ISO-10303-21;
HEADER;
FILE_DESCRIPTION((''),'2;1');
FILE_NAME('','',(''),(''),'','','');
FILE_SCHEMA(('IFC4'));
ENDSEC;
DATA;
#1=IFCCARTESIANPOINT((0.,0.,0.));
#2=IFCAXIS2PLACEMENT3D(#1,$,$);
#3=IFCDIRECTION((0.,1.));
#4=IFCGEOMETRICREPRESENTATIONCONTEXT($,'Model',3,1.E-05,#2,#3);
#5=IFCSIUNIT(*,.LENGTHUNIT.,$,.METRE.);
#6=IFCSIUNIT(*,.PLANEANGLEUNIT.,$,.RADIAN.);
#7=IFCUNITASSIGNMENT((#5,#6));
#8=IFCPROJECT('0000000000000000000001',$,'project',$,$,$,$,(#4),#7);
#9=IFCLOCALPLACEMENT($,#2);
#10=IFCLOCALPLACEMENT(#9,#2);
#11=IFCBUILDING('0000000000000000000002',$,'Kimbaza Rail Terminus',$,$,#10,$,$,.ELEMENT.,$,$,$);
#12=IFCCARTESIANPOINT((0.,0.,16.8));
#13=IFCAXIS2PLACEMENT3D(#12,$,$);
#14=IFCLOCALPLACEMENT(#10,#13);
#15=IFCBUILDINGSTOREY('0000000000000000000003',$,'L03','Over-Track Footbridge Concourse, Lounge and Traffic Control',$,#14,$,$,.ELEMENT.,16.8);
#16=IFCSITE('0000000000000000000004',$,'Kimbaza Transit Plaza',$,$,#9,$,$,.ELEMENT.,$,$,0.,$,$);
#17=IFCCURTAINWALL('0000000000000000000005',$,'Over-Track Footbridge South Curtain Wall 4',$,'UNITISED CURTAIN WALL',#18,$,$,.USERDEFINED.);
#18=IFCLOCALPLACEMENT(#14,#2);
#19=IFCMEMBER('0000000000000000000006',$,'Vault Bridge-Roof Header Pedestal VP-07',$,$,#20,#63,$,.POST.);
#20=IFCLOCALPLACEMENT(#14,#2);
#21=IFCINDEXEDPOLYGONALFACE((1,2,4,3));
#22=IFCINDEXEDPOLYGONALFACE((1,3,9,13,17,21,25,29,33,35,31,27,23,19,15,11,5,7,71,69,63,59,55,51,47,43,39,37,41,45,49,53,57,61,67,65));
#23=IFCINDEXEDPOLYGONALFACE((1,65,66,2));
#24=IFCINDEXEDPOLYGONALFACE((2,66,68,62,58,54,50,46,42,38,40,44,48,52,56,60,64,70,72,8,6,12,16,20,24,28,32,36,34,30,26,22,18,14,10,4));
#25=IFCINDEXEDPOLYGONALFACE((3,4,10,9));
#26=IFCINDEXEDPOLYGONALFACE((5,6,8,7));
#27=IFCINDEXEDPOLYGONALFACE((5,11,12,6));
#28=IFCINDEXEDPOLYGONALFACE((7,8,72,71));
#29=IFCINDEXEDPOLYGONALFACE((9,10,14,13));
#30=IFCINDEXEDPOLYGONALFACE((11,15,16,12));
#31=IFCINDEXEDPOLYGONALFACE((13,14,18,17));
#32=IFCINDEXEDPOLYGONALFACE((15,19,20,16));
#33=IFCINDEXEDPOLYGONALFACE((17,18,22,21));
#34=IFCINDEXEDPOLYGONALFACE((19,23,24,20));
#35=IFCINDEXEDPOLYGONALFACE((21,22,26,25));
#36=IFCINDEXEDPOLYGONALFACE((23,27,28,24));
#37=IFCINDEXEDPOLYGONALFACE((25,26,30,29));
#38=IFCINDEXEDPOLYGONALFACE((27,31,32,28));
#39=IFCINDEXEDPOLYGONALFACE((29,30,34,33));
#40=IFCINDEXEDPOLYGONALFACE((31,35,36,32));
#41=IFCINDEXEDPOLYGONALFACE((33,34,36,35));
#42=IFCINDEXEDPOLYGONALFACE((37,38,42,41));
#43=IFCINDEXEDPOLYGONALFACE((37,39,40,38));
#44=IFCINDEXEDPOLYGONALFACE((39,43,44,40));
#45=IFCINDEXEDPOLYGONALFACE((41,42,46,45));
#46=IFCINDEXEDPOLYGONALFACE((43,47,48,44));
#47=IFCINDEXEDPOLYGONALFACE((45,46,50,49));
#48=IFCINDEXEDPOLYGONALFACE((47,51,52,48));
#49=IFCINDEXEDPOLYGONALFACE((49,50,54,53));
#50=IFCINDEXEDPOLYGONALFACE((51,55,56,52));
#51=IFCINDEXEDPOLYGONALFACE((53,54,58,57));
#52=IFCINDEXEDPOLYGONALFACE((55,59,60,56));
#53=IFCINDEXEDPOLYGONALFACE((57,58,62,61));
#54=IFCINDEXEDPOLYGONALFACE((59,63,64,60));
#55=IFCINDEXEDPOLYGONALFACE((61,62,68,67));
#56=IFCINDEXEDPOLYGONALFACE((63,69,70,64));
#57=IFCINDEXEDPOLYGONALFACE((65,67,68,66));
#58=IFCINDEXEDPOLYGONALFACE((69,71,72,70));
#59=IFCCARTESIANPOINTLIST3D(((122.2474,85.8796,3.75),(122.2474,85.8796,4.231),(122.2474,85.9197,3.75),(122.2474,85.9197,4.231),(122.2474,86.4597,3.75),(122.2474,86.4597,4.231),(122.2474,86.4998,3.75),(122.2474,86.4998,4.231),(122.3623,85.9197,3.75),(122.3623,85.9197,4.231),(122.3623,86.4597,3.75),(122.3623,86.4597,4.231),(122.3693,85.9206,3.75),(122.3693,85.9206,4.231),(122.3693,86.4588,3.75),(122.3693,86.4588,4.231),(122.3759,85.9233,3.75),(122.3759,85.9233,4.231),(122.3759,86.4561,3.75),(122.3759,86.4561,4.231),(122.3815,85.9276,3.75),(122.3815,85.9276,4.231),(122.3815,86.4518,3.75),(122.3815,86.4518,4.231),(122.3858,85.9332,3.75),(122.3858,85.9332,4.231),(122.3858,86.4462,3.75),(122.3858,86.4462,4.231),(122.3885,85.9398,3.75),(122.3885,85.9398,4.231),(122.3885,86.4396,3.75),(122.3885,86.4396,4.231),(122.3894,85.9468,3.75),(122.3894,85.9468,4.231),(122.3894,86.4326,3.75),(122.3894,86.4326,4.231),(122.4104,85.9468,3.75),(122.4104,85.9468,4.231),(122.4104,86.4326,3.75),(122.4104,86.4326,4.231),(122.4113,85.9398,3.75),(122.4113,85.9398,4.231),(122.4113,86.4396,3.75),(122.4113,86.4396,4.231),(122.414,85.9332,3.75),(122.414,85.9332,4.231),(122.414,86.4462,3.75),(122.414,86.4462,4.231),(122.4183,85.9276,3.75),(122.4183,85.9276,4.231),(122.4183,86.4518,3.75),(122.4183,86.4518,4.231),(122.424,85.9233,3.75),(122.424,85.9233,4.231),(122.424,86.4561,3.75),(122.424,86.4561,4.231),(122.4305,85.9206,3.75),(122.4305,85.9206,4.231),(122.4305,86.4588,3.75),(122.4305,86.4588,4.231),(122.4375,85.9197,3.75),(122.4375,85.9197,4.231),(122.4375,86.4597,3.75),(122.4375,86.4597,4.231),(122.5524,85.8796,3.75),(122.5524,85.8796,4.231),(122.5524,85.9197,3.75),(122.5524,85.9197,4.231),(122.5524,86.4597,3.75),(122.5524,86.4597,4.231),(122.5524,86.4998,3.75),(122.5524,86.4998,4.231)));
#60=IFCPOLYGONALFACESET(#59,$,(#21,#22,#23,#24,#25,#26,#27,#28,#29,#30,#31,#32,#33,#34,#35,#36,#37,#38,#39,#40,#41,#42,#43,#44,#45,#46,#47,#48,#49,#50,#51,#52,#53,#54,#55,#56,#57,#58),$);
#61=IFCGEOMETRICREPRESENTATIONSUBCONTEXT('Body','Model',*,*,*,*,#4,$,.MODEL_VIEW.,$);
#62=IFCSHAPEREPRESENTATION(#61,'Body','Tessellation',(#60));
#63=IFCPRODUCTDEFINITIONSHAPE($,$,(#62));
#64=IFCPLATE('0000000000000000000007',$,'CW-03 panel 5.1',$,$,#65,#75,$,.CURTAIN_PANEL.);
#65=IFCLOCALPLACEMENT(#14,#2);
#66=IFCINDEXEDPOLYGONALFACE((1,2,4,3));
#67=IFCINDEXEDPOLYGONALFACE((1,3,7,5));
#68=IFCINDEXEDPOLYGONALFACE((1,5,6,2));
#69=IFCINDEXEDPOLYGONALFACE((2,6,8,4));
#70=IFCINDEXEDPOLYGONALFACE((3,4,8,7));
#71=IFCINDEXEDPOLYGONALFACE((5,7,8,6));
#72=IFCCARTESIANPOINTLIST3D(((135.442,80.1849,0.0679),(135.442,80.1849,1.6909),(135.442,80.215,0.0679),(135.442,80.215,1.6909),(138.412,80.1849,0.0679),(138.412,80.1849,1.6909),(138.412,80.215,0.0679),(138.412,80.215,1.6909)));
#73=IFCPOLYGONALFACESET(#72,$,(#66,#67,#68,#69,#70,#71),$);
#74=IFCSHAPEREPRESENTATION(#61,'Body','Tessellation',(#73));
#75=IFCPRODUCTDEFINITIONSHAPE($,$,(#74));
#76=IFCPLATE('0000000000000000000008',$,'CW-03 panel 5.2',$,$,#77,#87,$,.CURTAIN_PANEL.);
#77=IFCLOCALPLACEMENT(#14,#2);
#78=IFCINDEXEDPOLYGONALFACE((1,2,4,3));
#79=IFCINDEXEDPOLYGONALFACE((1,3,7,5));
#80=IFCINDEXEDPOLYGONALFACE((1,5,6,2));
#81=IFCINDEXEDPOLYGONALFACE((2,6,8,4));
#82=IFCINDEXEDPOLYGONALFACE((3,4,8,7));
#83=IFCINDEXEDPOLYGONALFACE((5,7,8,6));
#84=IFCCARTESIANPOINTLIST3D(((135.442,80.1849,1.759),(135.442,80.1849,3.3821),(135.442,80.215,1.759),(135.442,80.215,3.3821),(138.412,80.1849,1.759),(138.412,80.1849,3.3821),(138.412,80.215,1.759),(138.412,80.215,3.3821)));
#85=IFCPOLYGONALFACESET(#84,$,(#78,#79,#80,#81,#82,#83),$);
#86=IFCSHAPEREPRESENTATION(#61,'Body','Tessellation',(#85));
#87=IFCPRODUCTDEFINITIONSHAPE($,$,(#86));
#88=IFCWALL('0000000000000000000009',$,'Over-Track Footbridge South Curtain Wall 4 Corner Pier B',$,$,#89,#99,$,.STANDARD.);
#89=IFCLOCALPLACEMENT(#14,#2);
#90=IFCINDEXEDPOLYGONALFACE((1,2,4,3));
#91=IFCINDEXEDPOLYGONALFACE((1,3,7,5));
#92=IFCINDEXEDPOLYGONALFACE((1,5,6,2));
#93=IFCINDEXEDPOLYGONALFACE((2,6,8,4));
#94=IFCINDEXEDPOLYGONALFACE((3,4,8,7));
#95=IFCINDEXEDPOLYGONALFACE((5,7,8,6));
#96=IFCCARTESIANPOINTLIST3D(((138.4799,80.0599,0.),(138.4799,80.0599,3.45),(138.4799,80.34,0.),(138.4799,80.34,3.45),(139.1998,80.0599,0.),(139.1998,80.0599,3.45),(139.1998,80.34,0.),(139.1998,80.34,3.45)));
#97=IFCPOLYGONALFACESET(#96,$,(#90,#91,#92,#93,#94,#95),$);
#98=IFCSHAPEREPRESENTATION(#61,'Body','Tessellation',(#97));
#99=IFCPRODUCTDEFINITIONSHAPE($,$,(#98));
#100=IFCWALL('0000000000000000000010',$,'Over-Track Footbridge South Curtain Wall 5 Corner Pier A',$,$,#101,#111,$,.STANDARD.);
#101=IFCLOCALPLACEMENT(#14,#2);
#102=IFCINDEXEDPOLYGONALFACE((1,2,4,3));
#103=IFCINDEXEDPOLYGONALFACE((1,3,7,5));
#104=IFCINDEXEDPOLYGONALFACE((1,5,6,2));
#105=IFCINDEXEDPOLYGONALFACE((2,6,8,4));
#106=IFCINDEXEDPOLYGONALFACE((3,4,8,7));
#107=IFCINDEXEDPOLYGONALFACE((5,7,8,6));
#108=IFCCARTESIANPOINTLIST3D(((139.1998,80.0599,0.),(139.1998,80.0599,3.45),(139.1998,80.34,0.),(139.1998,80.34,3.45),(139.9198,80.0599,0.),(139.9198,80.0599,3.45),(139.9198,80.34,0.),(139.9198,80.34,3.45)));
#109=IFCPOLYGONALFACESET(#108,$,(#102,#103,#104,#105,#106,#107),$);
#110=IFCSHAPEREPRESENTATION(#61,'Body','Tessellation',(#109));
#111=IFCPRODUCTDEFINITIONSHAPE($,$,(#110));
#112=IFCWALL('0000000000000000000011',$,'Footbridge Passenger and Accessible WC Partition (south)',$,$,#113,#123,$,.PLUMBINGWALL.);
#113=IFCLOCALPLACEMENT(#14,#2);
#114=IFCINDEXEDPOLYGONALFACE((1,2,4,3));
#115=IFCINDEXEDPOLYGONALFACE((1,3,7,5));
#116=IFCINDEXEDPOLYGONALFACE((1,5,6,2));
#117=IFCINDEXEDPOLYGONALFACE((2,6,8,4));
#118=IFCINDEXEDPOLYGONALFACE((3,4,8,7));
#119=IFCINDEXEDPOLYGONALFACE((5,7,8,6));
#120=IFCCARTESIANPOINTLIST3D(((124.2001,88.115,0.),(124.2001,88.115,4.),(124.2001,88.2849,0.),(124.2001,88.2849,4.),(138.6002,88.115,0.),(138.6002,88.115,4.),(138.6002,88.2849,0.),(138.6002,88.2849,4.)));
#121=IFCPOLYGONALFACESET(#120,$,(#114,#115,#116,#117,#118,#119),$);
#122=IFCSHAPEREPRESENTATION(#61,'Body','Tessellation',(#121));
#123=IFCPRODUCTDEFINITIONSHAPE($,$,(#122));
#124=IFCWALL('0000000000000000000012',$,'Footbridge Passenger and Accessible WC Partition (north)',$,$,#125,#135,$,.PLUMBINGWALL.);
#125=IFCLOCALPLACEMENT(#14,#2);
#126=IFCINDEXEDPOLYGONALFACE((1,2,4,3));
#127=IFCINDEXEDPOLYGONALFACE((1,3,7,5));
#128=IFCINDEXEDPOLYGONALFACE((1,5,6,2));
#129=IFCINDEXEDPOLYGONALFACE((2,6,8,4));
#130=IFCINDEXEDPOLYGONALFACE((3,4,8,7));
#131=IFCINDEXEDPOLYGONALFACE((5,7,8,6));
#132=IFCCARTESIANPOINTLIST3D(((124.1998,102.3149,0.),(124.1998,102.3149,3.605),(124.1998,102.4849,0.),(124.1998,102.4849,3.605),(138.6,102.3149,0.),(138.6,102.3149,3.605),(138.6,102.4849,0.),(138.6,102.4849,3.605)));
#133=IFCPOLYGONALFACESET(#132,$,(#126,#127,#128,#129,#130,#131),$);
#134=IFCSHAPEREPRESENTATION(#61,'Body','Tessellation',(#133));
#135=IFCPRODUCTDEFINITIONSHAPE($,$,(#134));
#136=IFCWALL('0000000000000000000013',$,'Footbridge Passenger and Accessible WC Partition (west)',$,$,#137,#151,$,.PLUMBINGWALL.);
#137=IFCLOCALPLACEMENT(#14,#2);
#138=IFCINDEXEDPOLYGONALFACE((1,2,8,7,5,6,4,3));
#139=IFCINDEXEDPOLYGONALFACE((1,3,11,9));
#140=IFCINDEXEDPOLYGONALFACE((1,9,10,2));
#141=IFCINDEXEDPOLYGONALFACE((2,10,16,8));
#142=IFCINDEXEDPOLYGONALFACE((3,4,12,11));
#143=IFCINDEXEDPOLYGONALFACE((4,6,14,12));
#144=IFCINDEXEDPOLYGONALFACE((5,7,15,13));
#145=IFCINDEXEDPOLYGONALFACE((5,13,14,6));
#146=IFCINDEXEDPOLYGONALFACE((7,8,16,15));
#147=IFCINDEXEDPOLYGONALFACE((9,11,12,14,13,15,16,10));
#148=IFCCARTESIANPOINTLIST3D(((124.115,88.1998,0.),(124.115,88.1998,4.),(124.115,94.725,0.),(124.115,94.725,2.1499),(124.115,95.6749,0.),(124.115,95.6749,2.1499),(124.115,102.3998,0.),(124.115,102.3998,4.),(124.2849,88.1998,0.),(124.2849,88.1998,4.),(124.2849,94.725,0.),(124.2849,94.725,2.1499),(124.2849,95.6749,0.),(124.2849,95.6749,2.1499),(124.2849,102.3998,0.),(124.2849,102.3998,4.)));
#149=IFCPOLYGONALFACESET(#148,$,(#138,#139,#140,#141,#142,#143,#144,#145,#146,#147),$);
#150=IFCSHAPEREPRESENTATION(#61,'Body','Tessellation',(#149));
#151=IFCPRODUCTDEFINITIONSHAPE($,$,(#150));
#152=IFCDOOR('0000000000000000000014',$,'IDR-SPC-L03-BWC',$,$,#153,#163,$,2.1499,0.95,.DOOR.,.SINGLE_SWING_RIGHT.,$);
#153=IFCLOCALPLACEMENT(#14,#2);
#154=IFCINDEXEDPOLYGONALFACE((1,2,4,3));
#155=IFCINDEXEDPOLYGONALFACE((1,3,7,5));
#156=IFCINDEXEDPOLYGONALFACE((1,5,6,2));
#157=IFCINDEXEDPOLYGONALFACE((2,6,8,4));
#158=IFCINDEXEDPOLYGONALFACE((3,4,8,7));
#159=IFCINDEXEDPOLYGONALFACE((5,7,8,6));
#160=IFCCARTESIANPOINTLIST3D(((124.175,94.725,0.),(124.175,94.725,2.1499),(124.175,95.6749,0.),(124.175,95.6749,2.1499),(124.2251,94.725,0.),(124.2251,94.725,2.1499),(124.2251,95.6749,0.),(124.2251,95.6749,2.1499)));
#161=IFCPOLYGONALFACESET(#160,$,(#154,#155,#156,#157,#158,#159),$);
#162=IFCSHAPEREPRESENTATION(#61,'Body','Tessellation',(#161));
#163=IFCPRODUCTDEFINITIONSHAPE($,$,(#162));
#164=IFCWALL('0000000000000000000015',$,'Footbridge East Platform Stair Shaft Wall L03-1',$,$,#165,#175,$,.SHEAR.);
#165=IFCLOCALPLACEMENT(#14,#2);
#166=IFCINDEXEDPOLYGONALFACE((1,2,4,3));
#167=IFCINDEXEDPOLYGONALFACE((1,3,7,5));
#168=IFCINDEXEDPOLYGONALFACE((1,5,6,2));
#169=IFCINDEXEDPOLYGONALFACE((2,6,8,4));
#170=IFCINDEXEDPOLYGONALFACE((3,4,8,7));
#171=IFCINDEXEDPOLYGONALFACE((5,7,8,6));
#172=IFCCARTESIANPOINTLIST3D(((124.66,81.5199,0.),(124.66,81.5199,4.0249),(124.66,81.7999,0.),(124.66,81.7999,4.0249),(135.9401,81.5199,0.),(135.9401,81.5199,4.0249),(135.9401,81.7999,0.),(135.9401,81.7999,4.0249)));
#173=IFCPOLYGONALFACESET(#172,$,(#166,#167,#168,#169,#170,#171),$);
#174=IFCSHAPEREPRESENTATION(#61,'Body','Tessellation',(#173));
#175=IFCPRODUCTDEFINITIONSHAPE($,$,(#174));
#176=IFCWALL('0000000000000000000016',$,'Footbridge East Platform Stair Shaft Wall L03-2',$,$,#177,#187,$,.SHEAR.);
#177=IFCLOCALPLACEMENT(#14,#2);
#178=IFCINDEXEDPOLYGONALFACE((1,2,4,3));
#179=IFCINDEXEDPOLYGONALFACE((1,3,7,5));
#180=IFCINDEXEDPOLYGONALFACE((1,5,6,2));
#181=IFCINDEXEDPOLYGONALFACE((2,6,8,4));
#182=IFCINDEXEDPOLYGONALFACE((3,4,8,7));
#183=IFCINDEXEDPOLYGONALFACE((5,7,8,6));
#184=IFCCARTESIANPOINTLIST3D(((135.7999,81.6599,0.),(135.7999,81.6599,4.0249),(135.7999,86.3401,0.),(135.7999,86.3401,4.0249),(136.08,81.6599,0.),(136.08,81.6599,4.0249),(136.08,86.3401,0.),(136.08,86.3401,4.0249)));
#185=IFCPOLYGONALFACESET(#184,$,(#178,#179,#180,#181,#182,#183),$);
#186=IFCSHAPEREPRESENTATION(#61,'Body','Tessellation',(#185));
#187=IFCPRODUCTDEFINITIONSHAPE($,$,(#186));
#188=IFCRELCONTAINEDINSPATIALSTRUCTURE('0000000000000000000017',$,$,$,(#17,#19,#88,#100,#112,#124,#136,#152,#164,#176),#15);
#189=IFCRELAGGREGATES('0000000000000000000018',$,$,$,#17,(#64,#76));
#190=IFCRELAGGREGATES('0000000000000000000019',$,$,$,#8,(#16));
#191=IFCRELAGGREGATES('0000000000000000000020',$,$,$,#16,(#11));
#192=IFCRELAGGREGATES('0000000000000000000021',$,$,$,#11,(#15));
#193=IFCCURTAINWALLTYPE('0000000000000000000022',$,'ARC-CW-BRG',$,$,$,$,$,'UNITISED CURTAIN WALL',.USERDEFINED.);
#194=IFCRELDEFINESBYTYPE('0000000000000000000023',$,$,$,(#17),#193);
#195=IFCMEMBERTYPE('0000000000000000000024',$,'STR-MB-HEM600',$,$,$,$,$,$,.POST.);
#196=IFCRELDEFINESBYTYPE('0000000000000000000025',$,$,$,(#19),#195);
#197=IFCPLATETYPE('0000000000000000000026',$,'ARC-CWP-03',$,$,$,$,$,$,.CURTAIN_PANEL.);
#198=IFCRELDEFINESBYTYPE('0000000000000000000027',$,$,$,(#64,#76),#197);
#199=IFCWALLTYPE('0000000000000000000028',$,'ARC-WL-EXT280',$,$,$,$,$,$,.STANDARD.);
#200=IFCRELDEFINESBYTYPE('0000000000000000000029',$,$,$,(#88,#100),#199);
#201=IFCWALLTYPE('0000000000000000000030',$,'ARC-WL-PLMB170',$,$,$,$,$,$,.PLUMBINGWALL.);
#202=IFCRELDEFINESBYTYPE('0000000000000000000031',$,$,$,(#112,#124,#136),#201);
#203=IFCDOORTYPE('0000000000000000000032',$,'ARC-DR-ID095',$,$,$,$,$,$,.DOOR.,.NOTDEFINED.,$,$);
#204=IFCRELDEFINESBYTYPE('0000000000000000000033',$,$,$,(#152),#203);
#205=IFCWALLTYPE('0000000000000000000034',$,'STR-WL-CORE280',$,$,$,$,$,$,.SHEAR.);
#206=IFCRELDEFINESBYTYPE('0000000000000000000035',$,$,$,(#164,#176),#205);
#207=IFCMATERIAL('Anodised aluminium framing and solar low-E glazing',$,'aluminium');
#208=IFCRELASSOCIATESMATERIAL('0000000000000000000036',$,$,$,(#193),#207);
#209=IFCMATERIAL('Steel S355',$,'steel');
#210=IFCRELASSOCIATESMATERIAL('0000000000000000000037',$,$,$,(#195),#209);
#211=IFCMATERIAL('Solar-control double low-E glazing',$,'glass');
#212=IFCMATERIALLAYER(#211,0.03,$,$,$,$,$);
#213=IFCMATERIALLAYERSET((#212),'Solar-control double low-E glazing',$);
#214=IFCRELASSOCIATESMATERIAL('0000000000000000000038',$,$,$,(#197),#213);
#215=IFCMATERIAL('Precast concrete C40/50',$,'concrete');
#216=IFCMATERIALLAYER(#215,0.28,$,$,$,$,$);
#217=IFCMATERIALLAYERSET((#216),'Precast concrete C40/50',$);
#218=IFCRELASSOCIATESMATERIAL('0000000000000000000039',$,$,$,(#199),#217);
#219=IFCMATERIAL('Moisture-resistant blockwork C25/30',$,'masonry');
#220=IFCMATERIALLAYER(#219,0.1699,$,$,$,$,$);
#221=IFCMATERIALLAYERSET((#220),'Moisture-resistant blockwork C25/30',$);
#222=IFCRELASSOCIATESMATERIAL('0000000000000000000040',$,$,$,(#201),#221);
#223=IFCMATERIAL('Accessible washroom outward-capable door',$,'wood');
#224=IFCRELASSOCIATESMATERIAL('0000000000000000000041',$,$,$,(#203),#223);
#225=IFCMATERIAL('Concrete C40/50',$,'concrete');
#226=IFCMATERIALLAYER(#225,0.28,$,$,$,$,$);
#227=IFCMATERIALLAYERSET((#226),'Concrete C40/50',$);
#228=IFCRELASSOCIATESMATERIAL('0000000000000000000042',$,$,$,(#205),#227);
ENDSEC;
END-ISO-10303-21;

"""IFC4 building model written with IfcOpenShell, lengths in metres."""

from ifc_helpers import new_model, si_unit, direction, frame, frame_2d, origin, origin_2d, place, context, subcontext, project, spatial, rectangle, i_section, extrude, material, layer, layer_set, material_profile, profile_set, type_object, element, fill, aggregate, save


model = new_model("IFC4")

# Units and contexts
model_context = context("Model", 3, precision=1e-05, world=origin(), true_north=direction((0.0, 1.0)))
body_context = subcontext(model_context, "Body", "Model", "MODEL_VIEW")
ifc_project = project(units=[si_unit("LENGTHUNIT", "METRE"), si_unit("PLANEANGLEUNIT", "RADIAN")], contexts=[model_context])

# Site, building, storey
site_placement = place(None, origin())
site = spatial("IfcSite", under=ifc_project, at=site_placement, Name="Kimbaza Transit Plaza", CompositionType="ELEMENT", RefElevation=0.0)
building_placement = place(site_placement, origin())
building = spatial("IfcBuilding", under=site, at=building_placement, Name="Kimbaza Rail Terminus", CompositionType="ELEMENT")
storey_placement = place(building_placement, frame((0.0, 0.0, 16.8)))
storey = spatial("IfcBuildingStorey", under=building, at=storey_placement, Name="L03", Description="Over-Track Footbridge Concourse, Lounge and Traffic Control", CompositionType="ELEMENT", Elevation=16.8)

# Curtain wall
ifc_material_1 = material(Name="Anodised aluminium framing and solar low-E glazing", Category="aluminium")
curtain_wall_type = type_object("IfcCurtainWallType", Name="ARC-CW-BRG", ElementType="UNITISED CURTAIN WALL", PredefinedType="USERDEFINED", material=ifc_material_1)
curtain_wall_placement = place(storey_placement, origin())
curtain_wall = element("IfcCurtainWall", 1, at=curtain_wall_placement, inside=storey, type_object=curtain_wall_type, Name="Over-Track Footbridge South Curtain Wall 4", ObjectType="UNITISED CURTAIN WALL", PredefinedType="USERDEFINED")

# Member
ifc_material_2 = material(Name="Steel S355", Category="steel")
ifc_material_profile_1 = material_profile(ifc_material_2, i_section(OverallWidth=0.3049, OverallDepth=0.6201, WebThickness=0.021, FlangeThickness=0.04, FilletRadius=0.0271, at=origin_2d()), Name="HEM 600")
ifc_profile_set_1 = profile_set([ifc_material_profile_1], Name="Steel S355")
member_type_1 = type_object("IfcMemberType", Name="STR-MB-HEM600", PredefinedType="POST", material=ifc_profile_set_1)
member_1_placement = place(storey_placement, frame((122.3999, 86.1897, 3.75), z_axis=(0.0, 0.0, 1.0), x_axis=(1.0, 0.0, 0.0)))
element("IfcMember", 2, at=member_1_placement, inside=storey, type_object=member_type_1, Name="Vault Bridge-Roof Header Pedestal VP-07", PredefinedType="POST", context=body_context, shape_type="SweptSolid", body=[
    extrude(i_section(OverallWidth=0.3049, OverallDepth=0.6201, WebThickness=0.021, FlangeThickness=0.04, FilletRadius=0.0271, at=origin_2d()), origin(), (0.0, 0.0, 1.0), 0.481),
])

# Plates
ifc_material_3 = material(Name="Solar-control double low-E glazing", Category="glass")
ifc_layer_1 = layer(ifc_material_3, 0.03)
ifc_layer_set_1 = layer_set([ifc_layer_1], Name="Solar-control double low-E glazing")
plate_type = type_object("IfcPlateType", Name="ARC-CWP-03", PredefinedType="CURTAIN_PANEL", material=ifc_layer_set_1)
plate_1_placement = place(storey_placement, frame((136.927, 80.2, 0.0679), z_axis=(0.0, 0.0, 1.0), x_axis=(1.0, 0.0, 0.0)))
plate_1 = element("IfcPlate", 3, at=plate_1_placement, type_object=plate_type, Name="CW-03 panel 5.1", PredefinedType="CURTAIN_PANEL", context=body_context, shape_type="SweptSolid", body=[
    extrude(rectangle(XDim=2.97, YDim=0.03, at=origin_2d()), origin(), (0.0, 0.0, 1.0), 1.623),
])
plate_2_placement = place(storey_placement, frame((136.927, 80.2, 1.759), z_axis=(0.0, 0.0, 1.0), x_axis=(1.0, 0.0, 0.0)))
plate_2 = element("IfcPlate", 4, at=plate_2_placement, type_object=plate_type, Name="CW-03 panel 5.2", PredefinedType="CURTAIN_PANEL", context=body_context, shape_type="SweptSolid", body=[
    extrude(rectangle(XDim=2.97, YDim=0.03, at=origin_2d()), origin(), (0.0, 0.0, 1.0), 1.623),
])
aggregate(curtain_wall, [plate_1, plate_2])

# Walls
ifc_material_4 = material(Name="Precast concrete C40/50", Category="concrete")
ifc_layer_2 = layer(ifc_material_4, 0.28)
ifc_layer_set_2 = layer_set([ifc_layer_2], Name="Precast concrete C40/50")
wall_type_1 = type_object("IfcWallType", Name="ARC-WL-EXT280", PredefinedType="STANDARD", material=ifc_layer_set_2)
for number, where, z_axis, x_axis, name in (
    (5, (138.48, 80.2, 0.0), (0.0, 0.0, 1.0), (1.0, 0.0, 0.0), "Over-Track Footbridge South Curtain Wall 4 Corner Pier B"),
    (6, (139.2, 80.2, 0.0), (0.0, 0.0, 1.0), (1.0, 0.0, 0.0), "Over-Track Footbridge South Curtain Wall 5 Corner Pier A"),
):
    element("IfcWall", number, at=place(storey_placement, frame(where, z_axis=z_axis, x_axis=x_axis)), inside=storey, type_object=wall_type_1, Name=name, PredefinedType="STANDARD", context=body_context, shape_type="SweptSolid", body=[
        extrude(rectangle(XDim=0.72, YDim=0.28, at=frame_2d((0.3599, 0.0))), origin(), (0.0, 0.0, 1.0), 3.45),
    ])
ifc_material_5 = material(Name="Moisture-resistant blockwork C25/30", Category="masonry")
ifc_layer_3 = layer(ifc_material_5, 0.1699)
ifc_layer_set_3 = layer_set([ifc_layer_3], Name="Moisture-resistant blockwork C25/30")
wall_type_2 = type_object("IfcWallType", Name="ARC-WL-PLMB170", PredefinedType="PLUMBINGWALL", material=ifc_layer_set_3)
wall_1_placement = place(storey_placement, frame((124.2, 88.2, 0.0), z_axis=(0.0, 0.0, 1.0), x_axis=(1.0, 0.0, 0.0)))
element("IfcWall", 7, at=wall_1_placement, inside=storey, type_object=wall_type_2, Name="Footbridge Passenger and Accessible WC Partition (south)", PredefinedType="PLUMBINGWALL", context=body_context, shape_type="SweptSolid", body=[
    extrude(rectangle(XDim=14.4001, YDim=0.1699, at=frame_2d((7.2002, 0.0))), origin(), (0.0, 0.0, 1.0), 4.0),
])
wall_2_placement = place(storey_placement, frame((138.6001, 102.3999, 0.0), z_axis=(0.0, 0.0, 1.0), x_axis=(-1.0, 0.0, 0.0)))
element("IfcWall", 8, at=wall_2_placement, inside=storey, type_object=wall_type_2, Name="Footbridge Passenger and Accessible WC Partition (north)", PredefinedType="PLUMBINGWALL", context=body_context, shape_type="SweptSolid", body=[
    extrude(rectangle(XDim=14.4001, YDim=0.1699, at=frame_2d((7.2002, 0.0))), origin(), (0.0, 0.0, 1.0), 3.605),
])

# Wall, opening, door
wall_3_placement = place(storey_placement, frame((124.2, 102.3999, 0.0), z_axis=(0.0, 0.0, 1.0), x_axis=(0.0, -1.0, 0.0)))
wall_3 = element("IfcWall", 9, at=wall_3_placement, inside=storey, type_object=wall_type_2, Name="Footbridge Passenger and Accessible WC Partition (west)", PredefinedType="PLUMBINGWALL", context=body_context, shape_type="SweptSolid", body=[
    extrude(rectangle(XDim=14.2, YDim=0.1699, at=frame_2d((7.1001, 0.0))), origin(), (0.0, 0.0, 1.0), 4.0),
])
opening_1_placement = place(wall_3_placement, frame((7.675, 0.0, 0.0), z_axis=(0.0, 0.0, 1.0), x_axis=(-1.0, 0.0, 0.0)))
opening_1 = element("IfcOpeningElement", 10, at=opening_1_placement, cuts=wall_3, PredefinedType="OPENING", context=body_context, shape_type="SweptSolid", body=[
    extrude(rectangle(XDim=0.95, YDim=2.1499, at=frame_2d((0.4751, 1.075))), frame((0.0, 0.095, 0.0), z_axis=(0.0, -1.0, 0.0), x_axis=(1.0, 0.0, 0.0)), (0.0, 0.0, 1.0), 0.1899),
])
ifc_material_6 = material(Name="Accessible washroom outward-capable door", Category="wood")
door_type_1 = type_object("IfcDoorType", Name="ARC-DR-ID095", OperationType="NOTDEFINED", PredefinedType="DOOR", material=ifc_material_6)
door_1_placement = place(opening_1_placement, origin())
door_1 = element("IfcDoor", 11, at=door_1_placement, inside=storey, type_object=door_type_1, Name="IDR-SPC-L03-BWC", OperationType="SINGLE_SWING_RIGHT", OverallHeight=2.1499, OverallWidth=0.95, PredefinedType="DOOR", context=body_context, shape_type="SweptSolid", body=[
    extrude(rectangle(XDim=0.95, YDim=2.1499, at=frame_2d((0.4751, 1.075))), frame((0.0, 0.0249, 0.0), z_axis=(0.0, -1.0, 0.0), x_axis=(1.0, 0.0, 0.0)), (0.0, 0.0, 1.0), 0.05),
])
fill(opening_1, door_1)

# Walls
ifc_material_7 = material(Name="Concrete C40/50", Category="concrete")
ifc_layer_4 = layer(ifc_material_7, 0.28)
ifc_layer_set_4 = layer_set([ifc_layer_4], Name="Concrete C40/50")
wall_type_3 = type_object("IfcWallType", Name="STR-WL-CORE280", PredefinedType="SHEAR", material=ifc_layer_set_4)
wall_4_placement = place(storey_placement, frame((124.6599, 81.6599, 0.0), z_axis=(0.0, 0.0, 1.0), x_axis=(1.0, 0.0, 0.0)))
element("IfcWall", 12, at=wall_4_placement, inside=storey, type_object=wall_type_3, Name="Footbridge East Platform Stair Shaft Wall L03-1", PredefinedType="SHEAR", context=body_context, shape_type="SweptSolid", body=[
    extrude(rectangle(XDim=11.28, YDim=0.28, at=frame_2d((5.6401, 0.0))), origin(), (0.0, 0.0, 1.0), 4.0249),
])
wall_5_placement = place(storey_placement, frame((135.9399, 81.6599, 0.0), z_axis=(0.0, 0.0, 1.0), x_axis=(0.0, 1.0, 0.0)))
element("IfcWall", 13, at=wall_5_placement, inside=storey, type_object=wall_type_3, Name="Footbridge East Platform Stair Shaft Wall L03-2", PredefinedType="SHEAR", context=body_context, shape_type="SweptSolid", body=[
    extrude(rectangle(XDim=4.6802, YDim=0.28, at=frame_2d((2.3401, 0.0))), origin(), (0.0, 0.0, 1.0), 4.0249),
])

save(model, "model.ifc")
